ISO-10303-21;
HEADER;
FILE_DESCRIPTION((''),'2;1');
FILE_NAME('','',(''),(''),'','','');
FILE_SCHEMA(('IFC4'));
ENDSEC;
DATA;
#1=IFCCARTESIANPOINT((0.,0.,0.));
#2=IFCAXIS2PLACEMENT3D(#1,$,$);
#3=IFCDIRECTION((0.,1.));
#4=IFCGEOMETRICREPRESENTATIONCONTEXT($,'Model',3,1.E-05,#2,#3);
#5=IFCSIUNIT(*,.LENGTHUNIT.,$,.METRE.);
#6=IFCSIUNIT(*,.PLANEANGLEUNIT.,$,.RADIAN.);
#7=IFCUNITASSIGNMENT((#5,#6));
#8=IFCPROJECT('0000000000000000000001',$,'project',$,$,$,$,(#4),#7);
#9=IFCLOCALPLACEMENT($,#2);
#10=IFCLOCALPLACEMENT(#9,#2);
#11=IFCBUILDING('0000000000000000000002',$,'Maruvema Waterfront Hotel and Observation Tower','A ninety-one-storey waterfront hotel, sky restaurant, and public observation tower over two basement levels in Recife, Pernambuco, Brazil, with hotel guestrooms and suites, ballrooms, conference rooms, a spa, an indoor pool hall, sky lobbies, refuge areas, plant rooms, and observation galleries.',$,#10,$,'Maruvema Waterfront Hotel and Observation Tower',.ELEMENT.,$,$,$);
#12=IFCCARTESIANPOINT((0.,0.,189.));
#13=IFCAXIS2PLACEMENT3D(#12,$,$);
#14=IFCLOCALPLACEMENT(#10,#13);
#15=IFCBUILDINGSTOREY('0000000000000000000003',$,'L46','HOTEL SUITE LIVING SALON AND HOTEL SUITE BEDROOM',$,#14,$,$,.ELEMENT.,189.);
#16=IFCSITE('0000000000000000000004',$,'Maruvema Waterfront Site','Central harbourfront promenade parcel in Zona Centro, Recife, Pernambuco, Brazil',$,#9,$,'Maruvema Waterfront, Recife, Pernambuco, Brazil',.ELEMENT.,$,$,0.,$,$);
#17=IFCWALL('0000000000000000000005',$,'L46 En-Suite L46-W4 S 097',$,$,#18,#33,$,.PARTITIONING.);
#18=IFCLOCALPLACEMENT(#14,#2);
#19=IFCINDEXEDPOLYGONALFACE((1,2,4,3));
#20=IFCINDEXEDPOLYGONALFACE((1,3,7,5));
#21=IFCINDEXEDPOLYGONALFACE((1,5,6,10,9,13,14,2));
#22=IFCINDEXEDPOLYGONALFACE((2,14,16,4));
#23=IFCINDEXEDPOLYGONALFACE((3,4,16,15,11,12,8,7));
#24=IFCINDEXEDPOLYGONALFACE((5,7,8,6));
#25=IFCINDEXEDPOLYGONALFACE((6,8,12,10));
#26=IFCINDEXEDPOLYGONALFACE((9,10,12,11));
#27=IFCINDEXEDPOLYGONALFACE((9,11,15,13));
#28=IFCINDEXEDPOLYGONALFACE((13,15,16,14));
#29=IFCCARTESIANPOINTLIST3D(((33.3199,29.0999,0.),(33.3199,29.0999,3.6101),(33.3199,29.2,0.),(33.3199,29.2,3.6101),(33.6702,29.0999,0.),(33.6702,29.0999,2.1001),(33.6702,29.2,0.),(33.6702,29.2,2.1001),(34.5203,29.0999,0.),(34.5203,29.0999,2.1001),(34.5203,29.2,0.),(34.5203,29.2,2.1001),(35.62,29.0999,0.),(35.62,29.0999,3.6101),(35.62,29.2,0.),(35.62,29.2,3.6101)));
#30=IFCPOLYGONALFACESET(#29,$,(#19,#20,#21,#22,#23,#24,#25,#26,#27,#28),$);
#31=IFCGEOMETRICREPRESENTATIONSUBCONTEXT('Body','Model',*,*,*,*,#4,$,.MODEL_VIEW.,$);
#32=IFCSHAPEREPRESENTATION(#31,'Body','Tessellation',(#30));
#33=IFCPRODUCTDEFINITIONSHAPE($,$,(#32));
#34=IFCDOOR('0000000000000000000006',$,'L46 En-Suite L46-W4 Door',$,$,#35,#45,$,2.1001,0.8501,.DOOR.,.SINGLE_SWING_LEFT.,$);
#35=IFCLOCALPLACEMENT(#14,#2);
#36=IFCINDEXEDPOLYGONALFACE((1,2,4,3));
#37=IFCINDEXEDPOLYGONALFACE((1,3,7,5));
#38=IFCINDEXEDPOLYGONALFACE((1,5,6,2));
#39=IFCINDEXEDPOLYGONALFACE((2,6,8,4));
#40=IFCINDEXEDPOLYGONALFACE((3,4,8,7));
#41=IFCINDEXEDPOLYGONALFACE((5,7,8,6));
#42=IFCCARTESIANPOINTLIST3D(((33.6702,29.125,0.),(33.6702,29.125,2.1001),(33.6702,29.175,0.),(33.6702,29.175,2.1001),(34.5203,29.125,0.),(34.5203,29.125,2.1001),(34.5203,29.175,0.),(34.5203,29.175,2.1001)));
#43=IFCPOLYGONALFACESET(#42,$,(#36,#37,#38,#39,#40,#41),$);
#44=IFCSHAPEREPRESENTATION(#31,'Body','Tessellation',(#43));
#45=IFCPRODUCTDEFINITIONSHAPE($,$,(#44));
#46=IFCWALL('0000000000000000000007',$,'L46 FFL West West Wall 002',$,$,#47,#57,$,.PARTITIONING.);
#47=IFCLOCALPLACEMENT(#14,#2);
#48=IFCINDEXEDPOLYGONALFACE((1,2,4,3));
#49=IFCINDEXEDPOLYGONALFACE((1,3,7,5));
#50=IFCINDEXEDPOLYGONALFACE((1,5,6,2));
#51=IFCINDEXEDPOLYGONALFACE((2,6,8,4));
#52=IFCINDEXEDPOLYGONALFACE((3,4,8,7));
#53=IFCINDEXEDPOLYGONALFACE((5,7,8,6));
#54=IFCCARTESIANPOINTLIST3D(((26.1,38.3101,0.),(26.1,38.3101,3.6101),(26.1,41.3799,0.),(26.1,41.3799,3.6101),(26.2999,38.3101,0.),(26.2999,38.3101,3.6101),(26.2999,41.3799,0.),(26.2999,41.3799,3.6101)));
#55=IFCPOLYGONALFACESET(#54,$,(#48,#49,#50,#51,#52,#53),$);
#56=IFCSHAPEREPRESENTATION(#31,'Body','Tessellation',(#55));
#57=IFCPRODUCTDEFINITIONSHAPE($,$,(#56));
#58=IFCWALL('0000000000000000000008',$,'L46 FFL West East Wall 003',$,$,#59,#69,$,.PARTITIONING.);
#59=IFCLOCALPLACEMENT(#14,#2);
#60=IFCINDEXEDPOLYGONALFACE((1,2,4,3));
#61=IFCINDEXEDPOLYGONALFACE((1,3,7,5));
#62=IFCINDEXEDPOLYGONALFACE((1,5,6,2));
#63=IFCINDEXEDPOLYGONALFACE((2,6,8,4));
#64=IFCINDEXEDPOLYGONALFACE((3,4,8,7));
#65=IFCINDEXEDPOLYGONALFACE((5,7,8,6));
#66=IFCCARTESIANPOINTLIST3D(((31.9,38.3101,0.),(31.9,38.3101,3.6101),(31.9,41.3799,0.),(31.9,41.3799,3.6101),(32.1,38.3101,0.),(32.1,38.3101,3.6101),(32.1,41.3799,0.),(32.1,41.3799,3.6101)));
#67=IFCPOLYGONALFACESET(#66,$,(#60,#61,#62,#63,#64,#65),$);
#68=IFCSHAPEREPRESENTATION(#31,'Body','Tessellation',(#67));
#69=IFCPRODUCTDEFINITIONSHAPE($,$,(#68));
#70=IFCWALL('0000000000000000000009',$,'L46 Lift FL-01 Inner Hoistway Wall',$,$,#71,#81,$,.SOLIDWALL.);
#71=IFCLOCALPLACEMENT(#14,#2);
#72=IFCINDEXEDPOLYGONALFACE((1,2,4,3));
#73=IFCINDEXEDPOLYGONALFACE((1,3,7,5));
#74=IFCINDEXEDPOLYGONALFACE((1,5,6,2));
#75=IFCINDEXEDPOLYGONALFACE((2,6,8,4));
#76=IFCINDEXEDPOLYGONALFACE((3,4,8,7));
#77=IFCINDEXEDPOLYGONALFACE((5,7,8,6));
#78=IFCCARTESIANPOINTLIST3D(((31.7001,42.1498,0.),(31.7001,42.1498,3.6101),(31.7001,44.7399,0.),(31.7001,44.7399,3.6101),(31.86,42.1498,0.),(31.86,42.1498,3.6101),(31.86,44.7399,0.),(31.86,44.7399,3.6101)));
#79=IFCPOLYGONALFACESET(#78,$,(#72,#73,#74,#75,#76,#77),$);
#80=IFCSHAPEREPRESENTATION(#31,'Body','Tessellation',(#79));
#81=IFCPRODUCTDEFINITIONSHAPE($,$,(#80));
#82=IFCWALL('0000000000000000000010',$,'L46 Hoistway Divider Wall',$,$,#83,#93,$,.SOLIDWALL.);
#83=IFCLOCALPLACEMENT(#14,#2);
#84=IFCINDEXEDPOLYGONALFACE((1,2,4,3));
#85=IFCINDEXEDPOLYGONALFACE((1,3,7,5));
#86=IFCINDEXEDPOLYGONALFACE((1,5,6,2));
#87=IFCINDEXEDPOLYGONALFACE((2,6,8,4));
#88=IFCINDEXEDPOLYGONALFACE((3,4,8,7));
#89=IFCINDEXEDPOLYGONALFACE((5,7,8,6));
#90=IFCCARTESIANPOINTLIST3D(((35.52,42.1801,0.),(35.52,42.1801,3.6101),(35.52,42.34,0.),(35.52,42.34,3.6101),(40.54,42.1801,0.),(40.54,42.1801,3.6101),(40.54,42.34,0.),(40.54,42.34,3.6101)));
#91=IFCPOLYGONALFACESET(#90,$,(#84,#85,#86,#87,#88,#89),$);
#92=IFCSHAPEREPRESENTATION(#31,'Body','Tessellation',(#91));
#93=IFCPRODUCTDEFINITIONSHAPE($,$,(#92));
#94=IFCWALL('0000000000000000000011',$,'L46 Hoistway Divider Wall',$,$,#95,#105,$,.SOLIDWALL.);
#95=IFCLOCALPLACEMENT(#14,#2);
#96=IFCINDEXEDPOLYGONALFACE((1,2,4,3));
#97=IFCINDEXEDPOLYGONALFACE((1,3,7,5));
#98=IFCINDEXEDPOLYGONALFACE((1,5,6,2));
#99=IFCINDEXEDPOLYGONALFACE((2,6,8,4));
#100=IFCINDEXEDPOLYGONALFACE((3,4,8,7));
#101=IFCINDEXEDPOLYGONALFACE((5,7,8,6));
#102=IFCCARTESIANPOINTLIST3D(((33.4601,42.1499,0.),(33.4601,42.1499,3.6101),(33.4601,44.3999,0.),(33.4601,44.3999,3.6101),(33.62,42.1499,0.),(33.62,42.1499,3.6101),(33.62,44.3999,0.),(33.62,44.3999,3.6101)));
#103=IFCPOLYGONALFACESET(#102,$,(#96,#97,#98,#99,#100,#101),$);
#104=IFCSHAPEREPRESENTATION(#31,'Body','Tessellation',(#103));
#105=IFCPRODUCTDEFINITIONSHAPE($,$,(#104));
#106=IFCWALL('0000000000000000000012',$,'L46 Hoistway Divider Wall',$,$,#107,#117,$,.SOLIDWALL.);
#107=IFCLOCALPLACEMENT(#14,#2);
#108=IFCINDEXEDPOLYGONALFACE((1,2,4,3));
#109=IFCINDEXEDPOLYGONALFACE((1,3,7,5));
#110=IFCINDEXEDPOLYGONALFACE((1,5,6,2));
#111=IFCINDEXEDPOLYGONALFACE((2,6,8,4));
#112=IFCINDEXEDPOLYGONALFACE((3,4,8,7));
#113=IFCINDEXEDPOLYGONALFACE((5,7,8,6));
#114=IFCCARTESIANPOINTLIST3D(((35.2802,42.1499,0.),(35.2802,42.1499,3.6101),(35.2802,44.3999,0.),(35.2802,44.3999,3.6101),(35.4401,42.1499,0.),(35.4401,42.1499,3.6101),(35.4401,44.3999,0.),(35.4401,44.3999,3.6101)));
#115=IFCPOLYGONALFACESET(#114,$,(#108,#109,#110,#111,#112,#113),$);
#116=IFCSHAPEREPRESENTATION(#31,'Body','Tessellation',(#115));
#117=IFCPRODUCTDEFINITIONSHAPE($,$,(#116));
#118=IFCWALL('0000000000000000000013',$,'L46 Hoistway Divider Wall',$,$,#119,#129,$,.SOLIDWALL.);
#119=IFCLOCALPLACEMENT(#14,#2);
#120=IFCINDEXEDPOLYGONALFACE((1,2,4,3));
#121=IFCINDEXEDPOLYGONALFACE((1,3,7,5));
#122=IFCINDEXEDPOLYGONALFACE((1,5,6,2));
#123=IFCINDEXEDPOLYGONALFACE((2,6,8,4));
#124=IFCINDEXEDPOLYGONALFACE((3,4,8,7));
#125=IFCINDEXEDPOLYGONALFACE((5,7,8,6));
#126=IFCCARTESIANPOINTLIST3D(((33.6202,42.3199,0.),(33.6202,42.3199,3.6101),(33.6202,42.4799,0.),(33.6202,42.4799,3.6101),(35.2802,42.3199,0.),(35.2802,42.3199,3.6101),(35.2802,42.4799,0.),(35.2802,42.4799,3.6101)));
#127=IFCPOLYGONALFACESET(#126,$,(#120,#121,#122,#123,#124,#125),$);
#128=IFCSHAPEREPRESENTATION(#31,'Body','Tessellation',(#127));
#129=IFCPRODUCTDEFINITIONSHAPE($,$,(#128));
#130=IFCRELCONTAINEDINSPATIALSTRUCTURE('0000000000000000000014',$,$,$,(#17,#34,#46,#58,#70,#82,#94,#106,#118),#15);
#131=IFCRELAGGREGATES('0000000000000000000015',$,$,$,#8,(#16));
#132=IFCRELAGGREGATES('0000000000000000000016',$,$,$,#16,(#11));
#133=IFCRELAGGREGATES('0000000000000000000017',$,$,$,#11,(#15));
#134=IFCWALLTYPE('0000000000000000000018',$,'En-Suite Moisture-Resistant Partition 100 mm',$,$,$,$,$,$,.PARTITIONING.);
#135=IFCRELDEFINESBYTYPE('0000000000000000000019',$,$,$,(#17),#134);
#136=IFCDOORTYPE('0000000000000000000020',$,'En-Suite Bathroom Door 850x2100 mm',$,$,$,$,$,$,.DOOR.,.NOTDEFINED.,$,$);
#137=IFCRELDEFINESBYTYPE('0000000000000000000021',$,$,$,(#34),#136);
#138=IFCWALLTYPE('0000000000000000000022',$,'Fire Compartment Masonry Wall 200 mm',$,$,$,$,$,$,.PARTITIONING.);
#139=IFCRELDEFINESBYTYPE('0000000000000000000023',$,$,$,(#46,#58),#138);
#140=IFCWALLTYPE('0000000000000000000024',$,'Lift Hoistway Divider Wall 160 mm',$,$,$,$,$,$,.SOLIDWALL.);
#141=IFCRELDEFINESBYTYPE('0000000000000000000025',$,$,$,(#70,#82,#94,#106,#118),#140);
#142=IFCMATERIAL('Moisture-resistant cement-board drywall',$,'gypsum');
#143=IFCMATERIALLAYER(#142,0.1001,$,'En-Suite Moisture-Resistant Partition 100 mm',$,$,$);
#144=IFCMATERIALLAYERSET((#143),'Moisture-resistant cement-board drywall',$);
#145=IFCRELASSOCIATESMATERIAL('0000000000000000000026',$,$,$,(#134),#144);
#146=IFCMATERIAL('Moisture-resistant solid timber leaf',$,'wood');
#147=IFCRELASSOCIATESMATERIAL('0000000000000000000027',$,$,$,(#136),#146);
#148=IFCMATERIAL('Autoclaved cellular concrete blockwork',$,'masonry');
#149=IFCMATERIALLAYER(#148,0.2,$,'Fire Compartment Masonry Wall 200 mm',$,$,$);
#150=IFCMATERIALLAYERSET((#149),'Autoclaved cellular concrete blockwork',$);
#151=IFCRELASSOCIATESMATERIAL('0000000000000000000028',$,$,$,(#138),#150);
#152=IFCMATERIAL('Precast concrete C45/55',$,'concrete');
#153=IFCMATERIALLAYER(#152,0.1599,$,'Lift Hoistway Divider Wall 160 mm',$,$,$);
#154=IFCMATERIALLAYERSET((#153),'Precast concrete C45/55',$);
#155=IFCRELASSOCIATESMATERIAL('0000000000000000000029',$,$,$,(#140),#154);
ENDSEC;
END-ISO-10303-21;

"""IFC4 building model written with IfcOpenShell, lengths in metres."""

from ifc_helpers import new_model, si_unit, direction, frame, frame_2d, origin, place, context, subcontext, project, spatial, rectangle, extrude, material, layer, layer_set, type_object, element, fill, save


model = new_model("IFC4")

# Units and contexts
model_context = context("Model", 3, precision=1e-05, world=origin(), true_north=direction((0.0, 1.0)))
body_context = subcontext(model_context, "Body", "Model", "MODEL_VIEW")
ifc_project = project(units=[si_unit("LENGTHUNIT", "METRE"), si_unit("PLANEANGLEUNIT", "RADIAN")], contexts=[model_context])

# Site, building, storey
site_placement = place(None, origin())
site = spatial("IfcSite", under=ifc_project, at=site_placement, Name="Maruvema Waterfront Site", Description="Central harbourfront promenade parcel in Zona Centro, Recife, Pernambuco, Brazil", LongName="Maruvema Waterfront, Recife, Pernambuco, Brazil", CompositionType="ELEMENT", RefElevation=0.0)
building_placement = place(site_placement, origin())
building = spatial("IfcBuilding", under=site, at=building_placement, Name="Maruvema Waterfront Hotel and Observation Tower", Description="A ninety-one-storey waterfront hotel, sky restaurant, and public observation tower over two basement levels in Recife, Pernambuco, Brazil, with hotel guestrooms and suites, ballrooms, conference rooms, a spa, an indoor pool hall, sky lobbies, refuge areas, plant rooms, and observation galleries.", LongName="Maruvema Waterfront Hotel and Observation Tower", CompositionType="ELEMENT")
storey_placement = place(building_placement, frame((0.0, 0.0, 189.0)))
storey = spatial("IfcBuildingStorey", under=building, at=storey_placement, Name="L46", Description="HOTEL SUITE LIVING SALON AND HOTEL SUITE BEDROOM", CompositionType="ELEMENT", Elevation=189.0)

# Shared definitions
ifc_material_1 = material(Name="Moisture-resistant cement-board drywall", Category="gypsum")
ifc_layer_1 = layer(ifc_material_1, 0.1001, Name="En-Suite Moisture-Resistant Partition 100 mm")
ifc_layer_set_1 = layer_set([ifc_layer_1], Name="Moisture-resistant cement-board drywall")
wall_type_1 = type_object("IfcWallType", Name="En-Suite Moisture-Resistant Partition 100 mm", PredefinedType="PARTITIONING", material=ifc_layer_set_1)

# Wall, opening, door
wall_1_placement = place(storey_placement, frame((33.3201, 29.1499, 0.0), z_axis=(0.0, 0.0, 1.0), x_axis=(1.0, 0.0, 0.0)))
wall_1 = element("IfcWall", 1, at=wall_1_placement, inside=storey, type_object=wall_type_1, Name="L46 En-Suite L46-W4 S 097", PredefinedType="PARTITIONING", context=body_context, shape_type="SweptSolid", body=[
    extrude(rectangle(XDim=2.3, YDim=0.1001, at=frame_2d((1.1499, 0.0))), origin(), (0.0, 0.0, 1.0), 3.6101),
])
opening_1_placement = place(wall_1_placement, frame((0.3501, 0.0, 0.0)))
opening_1 = element("IfcOpeningElement", 2, at=opening_1_placement, cuts=wall_1, PredefinedType="OPENING", context=body_context, shape_type="SweptSolid", body=[
    extrude(rectangle(XDim=0.8501, YDim=2.1001, at=frame_2d((0.425, 1.05))), frame((0.0, 0.0601, 0.0), z_axis=(0.0, -1.0, 0.0), x_axis=(1.0, 0.0, 0.0)), (0.0, 0.0, 1.0), 0.1201),
])
ifc_material_2 = material(Name="Moisture-resistant solid timber leaf", Category="wood")
door_type_1 = type_object("IfcDoorType", Name="En-Suite Bathroom Door 850x2100 mm", OperationType="NOTDEFINED", PredefinedType="DOOR", material=ifc_material_2)
door_1_placement = place(opening_1_placement, frame((0.8501, 0.0, 0.0), z_axis=(0.0, 0.0, 1.0), x_axis=(-1.0, 0.0, 0.0)))
door_1 = element("IfcDoor", 3, at=door_1_placement, inside=storey, type_object=door_type_1, Name="L46 En-Suite L46-W4 Door", OperationType="SINGLE_SWING_LEFT", OverallHeight=2.1001, OverallWidth=0.8501, PredefinedType="DOOR", context=body_context, shape_type="SweptSolid", body=[
    extrude(rectangle(XDim=0.8501, YDim=2.1001, at=frame_2d((0.425, 1.05))), frame((0.0, 0.0249, 0.0), z_axis=(0.0, -1.0, 0.0), x_axis=(1.0, 0.0, 0.0)), (0.0, 0.0, 1.0), 0.05),
])
fill(opening_1, door_1)
ifc_material_3 = material(Name="Autoclaved cellular concrete blockwork", Category="masonry")
ifc_layer_2 = layer(ifc_material_3, 0.2, Name="Fire Compartment Masonry Wall 200 mm")
ifc_layer_set_2 = layer_set([ifc_layer_2], Name="Autoclaved cellular concrete blockwork")
wall_type_2 = type_object("IfcWallType", Name="Fire Compartment Masonry Wall 200 mm", PredefinedType="PARTITIONING", material=ifc_layer_set_2)

# Walls
for number, where, z_axis, x_axis, name in (
    (4, (26.2, 38.3101, 0.0), (0.0, 0.0, 1.0), (0.0, 1.0, 0.0), "L46 FFL West West Wall 002"),
    (5, (32.0, 38.3101, 0.0), (0.0, 0.0, 1.0), (0.0, 1.0, 0.0), "L46 FFL West East Wall 003"),
):
    element("IfcWall", number, at=place(storey_placement, frame(where, z_axis=z_axis, x_axis=x_axis)), inside=storey, type_object=wall_type_2, Name=name, PredefinedType="PARTITIONING", context=body_context, shape_type="SweptSolid", body=[
        extrude(rectangle(XDim=3.0698, YDim=0.2, at=frame_2d((1.5349, 0.0))), origin(), (0.0, 0.0, 1.0), 3.6101),
    ])
ifc_material_4 = material(Name="Precast concrete C45/55", Category="concrete")
ifc_layer_3 = layer(ifc_material_4, 0.1599, Name="Lift Hoistway Divider Wall 160 mm")
ifc_layer_set_3 = layer_set([ifc_layer_3], Name="Precast concrete C45/55")
wall_type_3 = type_object("IfcWallType", Name="Lift Hoistway Divider Wall 160 mm", PredefinedType="SOLIDWALL", material=ifc_layer_set_3)
wall_2_placement = place(storey_placement, frame((31.78, 42.1499, 0.0), z_axis=(0.0, 0.0, 1.0), x_axis=(0.0, 1.0, 0.0)))
element("IfcWall", 6, at=wall_2_placement, inside=storey, type_object=wall_type_3, Name="L46 Lift FL-01 Inner Hoistway Wall", PredefinedType="SOLIDWALL", context=body_context, shape_type="SweptSolid", body=[
    extrude(rectangle(XDim=2.5901, YDim=0.1599, at=frame_2d((1.2949, 0.0))), origin(), (0.0, 0.0, 1.0), 3.6101),
])
wall_3_placement = place(storey_placement, frame((35.52, 42.26, 0.0), z_axis=(0.0, 0.0, 1.0), x_axis=(1.0, 0.0, 0.0)))
element("IfcWall", 7, at=wall_3_placement, inside=storey, type_object=wall_type_3, Name="L46 Hoistway Divider Wall", PredefinedType="SOLIDWALL", context=body_context, shape_type="SweptSolid", body=[
    extrude(rectangle(XDim=5.02, YDim=0.1599, at=frame_2d((2.51, 0.0))), origin(), (0.0, 0.0, 1.0), 3.6101),
])
for number, where, z_axis, x_axis, name in (
    (8, (33.54, 42.1499, 0.0), (0.0, 0.0, 1.0), (0.0, 1.0, 0.0), "L46 Hoistway Divider Wall"),
    (9, (35.3601, 42.1499, 0.0), (0.0, 0.0, 1.0), (0.0, 1.0, 0.0), "L46 Hoistway Divider Wall"),
):
    element("IfcWall", number, at=place(storey_placement, frame(where, z_axis=z_axis, x_axis=x_axis)), inside=storey, type_object=wall_type_3, Name=name, PredefinedType="SOLIDWALL", context=body_context, shape_type="SweptSolid", body=[
        extrude(rectangle(XDim=2.25, YDim=0.1599, at=frame_2d((1.125, 0.0))), origin(), (0.0, 0.0, 1.0), 3.6101),
    ])
wall_4_placement = place(storey_placement, frame((33.6201, 42.3999, 0.0), z_axis=(0.0, 0.0, 1.0), x_axis=(1.0, 0.0, 0.0)))
element("IfcWall", 10, at=wall_4_placement, inside=storey, type_object=wall_type_3, Name="L46 Hoistway Divider Wall", PredefinedType="SOLIDWALL", context=body_context, shape_type="SweptSolid", body=[
    extrude(rectangle(XDim=1.6599, YDim=0.1599, at=frame_2d((0.8301, 0.0))), origin(), (0.0, 0.0, 1.0), 3.6101),
])

save(model, "model.ifc")
